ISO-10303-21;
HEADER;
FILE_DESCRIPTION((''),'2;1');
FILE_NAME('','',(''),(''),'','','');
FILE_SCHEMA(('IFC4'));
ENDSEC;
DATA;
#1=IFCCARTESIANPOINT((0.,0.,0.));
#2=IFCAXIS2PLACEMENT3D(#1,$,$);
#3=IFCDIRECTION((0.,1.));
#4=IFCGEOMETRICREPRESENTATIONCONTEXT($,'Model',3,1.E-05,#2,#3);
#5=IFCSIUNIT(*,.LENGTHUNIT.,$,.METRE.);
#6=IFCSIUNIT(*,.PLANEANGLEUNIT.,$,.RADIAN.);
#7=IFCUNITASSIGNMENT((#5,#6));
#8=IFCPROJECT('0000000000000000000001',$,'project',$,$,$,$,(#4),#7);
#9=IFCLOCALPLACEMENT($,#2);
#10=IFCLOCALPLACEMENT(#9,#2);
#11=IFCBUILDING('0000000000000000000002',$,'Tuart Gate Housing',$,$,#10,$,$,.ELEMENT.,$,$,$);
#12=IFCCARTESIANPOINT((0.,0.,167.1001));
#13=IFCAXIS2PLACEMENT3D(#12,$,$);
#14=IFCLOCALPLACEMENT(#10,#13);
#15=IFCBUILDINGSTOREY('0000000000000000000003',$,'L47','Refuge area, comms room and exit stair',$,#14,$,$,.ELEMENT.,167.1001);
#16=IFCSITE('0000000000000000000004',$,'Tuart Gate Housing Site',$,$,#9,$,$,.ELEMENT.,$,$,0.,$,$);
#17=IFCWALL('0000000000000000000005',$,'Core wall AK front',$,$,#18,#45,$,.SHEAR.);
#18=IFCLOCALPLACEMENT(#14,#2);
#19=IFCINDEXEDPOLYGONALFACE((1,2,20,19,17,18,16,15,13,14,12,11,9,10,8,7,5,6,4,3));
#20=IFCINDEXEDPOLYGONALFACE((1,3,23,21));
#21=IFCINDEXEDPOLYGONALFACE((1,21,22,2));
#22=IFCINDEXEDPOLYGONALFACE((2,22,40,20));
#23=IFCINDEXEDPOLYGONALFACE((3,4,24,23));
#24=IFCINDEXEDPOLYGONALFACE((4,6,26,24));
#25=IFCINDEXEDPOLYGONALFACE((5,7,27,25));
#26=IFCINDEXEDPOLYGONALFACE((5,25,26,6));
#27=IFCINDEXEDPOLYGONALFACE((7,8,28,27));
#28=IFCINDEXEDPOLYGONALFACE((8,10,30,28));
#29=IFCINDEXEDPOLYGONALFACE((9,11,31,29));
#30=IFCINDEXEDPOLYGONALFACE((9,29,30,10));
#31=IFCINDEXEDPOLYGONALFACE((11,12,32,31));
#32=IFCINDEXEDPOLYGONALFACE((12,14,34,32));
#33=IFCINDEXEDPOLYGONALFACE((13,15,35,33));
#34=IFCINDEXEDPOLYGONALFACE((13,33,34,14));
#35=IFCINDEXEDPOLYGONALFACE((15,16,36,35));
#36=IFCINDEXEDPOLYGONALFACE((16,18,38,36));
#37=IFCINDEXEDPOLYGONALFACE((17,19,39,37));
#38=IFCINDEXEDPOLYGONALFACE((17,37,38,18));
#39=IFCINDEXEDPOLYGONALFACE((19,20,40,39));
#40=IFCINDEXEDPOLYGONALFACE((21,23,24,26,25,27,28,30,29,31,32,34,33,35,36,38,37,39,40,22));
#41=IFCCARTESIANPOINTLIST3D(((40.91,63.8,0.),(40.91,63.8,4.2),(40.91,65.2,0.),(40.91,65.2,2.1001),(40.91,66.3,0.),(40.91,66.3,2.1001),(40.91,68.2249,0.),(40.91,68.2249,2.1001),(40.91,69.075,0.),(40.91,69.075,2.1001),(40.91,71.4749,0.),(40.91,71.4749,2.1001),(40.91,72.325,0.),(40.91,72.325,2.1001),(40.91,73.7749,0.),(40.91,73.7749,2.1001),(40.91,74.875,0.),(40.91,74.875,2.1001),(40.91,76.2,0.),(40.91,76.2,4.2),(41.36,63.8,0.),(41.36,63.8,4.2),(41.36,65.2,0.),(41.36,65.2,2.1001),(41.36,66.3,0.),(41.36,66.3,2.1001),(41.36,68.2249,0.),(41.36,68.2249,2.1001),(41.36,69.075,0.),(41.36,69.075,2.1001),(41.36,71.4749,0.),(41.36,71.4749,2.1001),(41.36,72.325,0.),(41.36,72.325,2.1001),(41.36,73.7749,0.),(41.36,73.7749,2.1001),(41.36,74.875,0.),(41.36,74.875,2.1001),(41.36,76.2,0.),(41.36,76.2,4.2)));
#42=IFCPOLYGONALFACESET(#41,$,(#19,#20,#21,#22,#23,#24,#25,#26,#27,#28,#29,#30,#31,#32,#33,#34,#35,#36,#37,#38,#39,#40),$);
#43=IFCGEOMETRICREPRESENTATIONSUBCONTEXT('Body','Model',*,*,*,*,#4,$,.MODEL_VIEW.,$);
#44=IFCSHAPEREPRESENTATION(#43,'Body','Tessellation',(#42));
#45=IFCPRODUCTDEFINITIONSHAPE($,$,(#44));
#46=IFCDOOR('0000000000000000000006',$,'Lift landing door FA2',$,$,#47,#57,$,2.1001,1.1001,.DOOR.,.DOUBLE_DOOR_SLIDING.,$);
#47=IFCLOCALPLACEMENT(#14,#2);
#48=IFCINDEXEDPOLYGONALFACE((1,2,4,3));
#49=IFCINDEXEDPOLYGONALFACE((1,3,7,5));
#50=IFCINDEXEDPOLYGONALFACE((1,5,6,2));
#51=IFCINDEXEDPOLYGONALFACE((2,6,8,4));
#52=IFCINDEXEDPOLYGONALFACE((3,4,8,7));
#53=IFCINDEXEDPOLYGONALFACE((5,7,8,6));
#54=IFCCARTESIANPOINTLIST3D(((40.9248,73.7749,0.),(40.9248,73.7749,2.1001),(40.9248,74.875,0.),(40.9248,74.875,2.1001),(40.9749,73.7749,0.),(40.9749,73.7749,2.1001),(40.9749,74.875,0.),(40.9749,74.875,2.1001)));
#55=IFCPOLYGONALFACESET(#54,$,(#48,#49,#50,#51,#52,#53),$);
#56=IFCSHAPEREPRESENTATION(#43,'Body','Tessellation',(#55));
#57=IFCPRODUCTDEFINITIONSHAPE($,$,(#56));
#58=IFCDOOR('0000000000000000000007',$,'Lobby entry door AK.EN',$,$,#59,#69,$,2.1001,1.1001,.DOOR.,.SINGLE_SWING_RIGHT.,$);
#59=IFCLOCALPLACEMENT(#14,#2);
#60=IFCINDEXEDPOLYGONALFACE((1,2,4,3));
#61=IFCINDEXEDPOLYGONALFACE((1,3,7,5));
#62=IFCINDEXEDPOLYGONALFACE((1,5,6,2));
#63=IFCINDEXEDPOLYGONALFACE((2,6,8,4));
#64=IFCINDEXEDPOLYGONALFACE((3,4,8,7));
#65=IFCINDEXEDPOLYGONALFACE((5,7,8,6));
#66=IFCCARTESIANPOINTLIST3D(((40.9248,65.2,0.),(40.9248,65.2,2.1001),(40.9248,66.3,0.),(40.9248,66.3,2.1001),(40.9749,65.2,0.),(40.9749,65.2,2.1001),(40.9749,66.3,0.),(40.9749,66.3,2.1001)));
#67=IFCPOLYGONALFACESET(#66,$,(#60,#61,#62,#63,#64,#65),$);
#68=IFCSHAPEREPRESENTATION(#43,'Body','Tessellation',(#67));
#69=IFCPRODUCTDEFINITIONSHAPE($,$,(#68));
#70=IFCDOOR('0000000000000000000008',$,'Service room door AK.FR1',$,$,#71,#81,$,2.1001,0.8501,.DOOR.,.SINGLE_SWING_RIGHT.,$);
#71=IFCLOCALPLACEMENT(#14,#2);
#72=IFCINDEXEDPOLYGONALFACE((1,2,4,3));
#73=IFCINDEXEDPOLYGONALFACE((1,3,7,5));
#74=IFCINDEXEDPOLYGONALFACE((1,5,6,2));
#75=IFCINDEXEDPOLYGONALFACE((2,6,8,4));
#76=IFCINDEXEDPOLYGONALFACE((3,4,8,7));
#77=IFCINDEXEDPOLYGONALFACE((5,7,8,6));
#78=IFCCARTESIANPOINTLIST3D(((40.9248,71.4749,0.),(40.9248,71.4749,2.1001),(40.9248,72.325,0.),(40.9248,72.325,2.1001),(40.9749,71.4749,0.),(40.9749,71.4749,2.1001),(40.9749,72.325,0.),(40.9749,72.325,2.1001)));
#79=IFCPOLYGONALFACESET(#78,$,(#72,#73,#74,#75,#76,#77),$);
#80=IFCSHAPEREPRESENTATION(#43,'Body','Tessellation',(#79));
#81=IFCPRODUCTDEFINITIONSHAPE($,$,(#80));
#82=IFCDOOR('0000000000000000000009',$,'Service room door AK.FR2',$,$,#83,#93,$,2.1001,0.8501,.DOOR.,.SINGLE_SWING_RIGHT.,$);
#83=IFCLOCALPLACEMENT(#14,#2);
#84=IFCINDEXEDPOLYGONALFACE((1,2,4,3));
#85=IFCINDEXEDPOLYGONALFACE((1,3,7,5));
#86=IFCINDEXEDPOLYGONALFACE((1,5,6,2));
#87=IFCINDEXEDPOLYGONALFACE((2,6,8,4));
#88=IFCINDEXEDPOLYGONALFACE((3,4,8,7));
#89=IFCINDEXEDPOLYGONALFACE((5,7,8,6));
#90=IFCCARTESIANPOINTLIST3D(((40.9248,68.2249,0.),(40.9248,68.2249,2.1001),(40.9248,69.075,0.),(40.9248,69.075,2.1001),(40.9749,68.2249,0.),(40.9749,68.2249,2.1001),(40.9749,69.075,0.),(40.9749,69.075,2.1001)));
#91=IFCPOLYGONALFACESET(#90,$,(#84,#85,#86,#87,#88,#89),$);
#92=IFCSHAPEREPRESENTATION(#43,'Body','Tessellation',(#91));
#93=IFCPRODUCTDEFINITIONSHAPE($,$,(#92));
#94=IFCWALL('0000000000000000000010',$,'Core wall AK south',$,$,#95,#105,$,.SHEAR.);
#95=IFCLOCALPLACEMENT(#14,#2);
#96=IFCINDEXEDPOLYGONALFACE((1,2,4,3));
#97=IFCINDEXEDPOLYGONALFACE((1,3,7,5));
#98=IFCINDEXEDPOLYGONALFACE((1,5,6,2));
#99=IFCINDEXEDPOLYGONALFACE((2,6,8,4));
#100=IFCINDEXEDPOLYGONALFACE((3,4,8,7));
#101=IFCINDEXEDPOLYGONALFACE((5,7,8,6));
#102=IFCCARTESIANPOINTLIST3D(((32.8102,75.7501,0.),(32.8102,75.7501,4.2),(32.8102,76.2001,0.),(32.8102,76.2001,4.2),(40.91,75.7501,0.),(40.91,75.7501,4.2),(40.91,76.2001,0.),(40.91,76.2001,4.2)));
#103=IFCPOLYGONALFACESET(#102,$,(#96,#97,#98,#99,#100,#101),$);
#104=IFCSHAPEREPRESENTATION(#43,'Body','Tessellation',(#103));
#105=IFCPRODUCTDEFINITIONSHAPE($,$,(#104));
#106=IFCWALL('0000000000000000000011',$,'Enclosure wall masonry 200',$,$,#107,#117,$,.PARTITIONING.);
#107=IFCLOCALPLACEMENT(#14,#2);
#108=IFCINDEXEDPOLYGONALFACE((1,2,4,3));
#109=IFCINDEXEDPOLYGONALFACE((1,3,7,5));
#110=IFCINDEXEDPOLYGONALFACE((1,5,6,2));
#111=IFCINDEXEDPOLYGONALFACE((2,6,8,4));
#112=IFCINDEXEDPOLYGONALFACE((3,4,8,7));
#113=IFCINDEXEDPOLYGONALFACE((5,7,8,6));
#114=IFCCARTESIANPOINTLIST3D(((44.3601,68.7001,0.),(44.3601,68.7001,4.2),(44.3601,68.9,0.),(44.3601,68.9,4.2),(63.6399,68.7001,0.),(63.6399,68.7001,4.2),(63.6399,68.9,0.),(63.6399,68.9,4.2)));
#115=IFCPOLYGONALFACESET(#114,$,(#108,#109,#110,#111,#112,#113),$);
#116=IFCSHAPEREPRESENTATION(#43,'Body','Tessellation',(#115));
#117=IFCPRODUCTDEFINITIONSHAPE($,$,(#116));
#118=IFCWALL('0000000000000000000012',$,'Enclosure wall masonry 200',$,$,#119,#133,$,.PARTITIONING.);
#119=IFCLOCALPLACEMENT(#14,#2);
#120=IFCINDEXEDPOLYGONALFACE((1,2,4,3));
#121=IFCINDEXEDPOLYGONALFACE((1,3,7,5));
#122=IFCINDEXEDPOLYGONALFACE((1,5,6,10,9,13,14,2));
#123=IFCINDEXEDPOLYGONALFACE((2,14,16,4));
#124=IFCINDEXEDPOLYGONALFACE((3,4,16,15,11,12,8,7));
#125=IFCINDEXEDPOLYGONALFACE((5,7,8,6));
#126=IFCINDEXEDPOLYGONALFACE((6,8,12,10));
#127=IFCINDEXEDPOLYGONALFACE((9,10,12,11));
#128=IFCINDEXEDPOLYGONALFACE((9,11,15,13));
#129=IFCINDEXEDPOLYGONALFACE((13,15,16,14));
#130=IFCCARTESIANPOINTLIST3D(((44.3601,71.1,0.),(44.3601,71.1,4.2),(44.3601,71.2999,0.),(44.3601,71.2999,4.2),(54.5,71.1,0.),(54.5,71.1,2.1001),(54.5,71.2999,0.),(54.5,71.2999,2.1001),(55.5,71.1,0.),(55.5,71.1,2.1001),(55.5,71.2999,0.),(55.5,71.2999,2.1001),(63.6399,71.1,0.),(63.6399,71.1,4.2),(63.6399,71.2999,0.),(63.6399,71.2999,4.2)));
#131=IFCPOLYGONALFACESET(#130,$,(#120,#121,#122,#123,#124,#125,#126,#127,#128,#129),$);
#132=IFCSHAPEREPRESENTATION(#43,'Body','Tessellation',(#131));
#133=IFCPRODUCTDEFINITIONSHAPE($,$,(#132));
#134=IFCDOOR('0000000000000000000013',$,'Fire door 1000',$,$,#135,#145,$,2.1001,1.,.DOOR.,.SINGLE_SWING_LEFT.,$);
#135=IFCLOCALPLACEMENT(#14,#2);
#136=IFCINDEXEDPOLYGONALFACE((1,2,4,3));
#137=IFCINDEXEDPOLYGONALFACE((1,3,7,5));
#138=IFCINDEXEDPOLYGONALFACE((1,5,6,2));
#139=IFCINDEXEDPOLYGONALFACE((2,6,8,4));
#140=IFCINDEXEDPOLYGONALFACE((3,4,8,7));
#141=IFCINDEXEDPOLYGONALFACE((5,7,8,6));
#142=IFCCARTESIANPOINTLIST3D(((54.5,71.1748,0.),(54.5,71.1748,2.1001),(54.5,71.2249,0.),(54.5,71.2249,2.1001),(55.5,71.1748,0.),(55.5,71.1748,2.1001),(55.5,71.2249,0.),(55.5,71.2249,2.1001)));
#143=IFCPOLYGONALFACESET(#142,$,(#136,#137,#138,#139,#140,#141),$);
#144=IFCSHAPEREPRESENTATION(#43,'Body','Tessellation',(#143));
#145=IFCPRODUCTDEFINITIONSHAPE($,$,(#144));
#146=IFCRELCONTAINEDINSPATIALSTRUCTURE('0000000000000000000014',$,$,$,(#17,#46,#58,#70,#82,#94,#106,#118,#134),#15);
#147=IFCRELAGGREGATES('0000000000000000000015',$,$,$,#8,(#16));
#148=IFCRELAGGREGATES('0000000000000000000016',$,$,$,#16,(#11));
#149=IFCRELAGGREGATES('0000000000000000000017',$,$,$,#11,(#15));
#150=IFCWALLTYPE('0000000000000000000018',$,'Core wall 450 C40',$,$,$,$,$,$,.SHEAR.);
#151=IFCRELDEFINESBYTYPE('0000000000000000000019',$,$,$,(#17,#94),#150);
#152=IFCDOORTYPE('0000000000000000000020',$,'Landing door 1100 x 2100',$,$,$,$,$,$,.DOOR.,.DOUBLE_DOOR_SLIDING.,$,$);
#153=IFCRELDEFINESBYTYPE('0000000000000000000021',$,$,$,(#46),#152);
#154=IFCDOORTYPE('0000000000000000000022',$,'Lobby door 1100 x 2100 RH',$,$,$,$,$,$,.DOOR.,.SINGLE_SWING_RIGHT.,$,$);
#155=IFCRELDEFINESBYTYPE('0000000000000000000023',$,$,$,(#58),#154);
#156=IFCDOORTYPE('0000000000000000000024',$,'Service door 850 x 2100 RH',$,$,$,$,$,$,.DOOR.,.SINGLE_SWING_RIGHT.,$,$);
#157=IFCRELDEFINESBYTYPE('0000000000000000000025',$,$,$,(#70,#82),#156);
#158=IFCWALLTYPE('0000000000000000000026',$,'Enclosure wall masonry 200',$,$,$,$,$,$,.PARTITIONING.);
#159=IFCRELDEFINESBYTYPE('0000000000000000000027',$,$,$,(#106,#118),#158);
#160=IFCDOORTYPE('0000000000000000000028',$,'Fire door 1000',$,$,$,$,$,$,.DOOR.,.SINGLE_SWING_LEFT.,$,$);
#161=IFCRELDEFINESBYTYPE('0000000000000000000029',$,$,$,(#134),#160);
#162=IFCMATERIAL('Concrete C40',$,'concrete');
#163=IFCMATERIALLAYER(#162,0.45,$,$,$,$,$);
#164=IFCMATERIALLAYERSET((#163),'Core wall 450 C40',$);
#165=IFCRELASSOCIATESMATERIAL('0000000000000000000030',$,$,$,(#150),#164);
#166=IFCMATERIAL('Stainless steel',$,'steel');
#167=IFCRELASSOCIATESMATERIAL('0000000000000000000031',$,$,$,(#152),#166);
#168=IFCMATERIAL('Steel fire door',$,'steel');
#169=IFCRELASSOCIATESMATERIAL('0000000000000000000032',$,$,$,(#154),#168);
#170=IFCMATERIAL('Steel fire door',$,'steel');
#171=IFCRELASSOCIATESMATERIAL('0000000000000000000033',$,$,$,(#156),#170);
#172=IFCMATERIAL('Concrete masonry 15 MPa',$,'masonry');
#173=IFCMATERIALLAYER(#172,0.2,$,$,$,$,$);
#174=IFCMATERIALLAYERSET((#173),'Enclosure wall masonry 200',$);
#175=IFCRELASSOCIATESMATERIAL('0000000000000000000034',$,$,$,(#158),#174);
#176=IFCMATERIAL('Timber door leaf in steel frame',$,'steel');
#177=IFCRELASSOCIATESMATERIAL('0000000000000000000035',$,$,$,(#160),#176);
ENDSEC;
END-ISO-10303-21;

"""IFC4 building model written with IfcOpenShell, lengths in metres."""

from ifc_helpers import new_model, si_unit, direction, frame, frame_2d, origin, place, context, subcontext, project, spatial, rectangle, extrude, material, layer, layer_set, type_object, element, fill, save


model = new_model("IFC4")

# Units and contexts
model_context = context("Model", 3, precision=1e-05, world=origin(), true_north=direction((0.0, 1.0)))
body_context = subcontext(model_context, "Body", "Model", "MODEL_VIEW")
ifc_project = project(units=[si_unit("LENGTHUNIT", "METRE"), si_unit("PLANEANGLEUNIT", "RADIAN")], contexts=[model_context])

# Site, building, storey
site_placement = place(None, origin())
site = spatial("IfcSite", under=ifc_project, at=site_placement, Name="Tuart Gate Housing Site", CompositionType="ELEMENT", RefElevation=0.0)
building_placement = place(site_placement, origin())
building = spatial("IfcBuilding", under=site, at=building_placement, Name="Tuart Gate Housing", CompositionType="ELEMENT")
storey_placement = place(building_placement, frame((0.0, 0.0, 167.1001)))
storey = spatial("IfcBuildingStorey", under=building, at=storey_placement, Name="L47", Description="Refuge area, comms room and exit stair", CompositionType="ELEMENT", Elevation=167.1001)

# Wall, openings, doors
ifc_material_1 = material(Name="Concrete C40", Category="concrete")
ifc_layer_1 = layer(ifc_material_1, 0.45)
ifc_layer_set_1 = layer_set([ifc_layer_1], Name="Core wall 450 C40")
wall_type_1 = type_object("IfcWallType", Name="Core wall 450 C40", PredefinedType="SHEAR", material=ifc_layer_set_1)
wall_1_placement = place(storey_placement, frame((41.135, 76.2, 0.0), z_axis=(0.0, 0.0, 1.0), x_axis=(0.0, -1.0, 0.0)))
wall_1 = element("IfcWall", 1, at=wall_1_placement, inside=storey, type_object=wall_type_1, Name="Core wall AK front", PredefinedType="SHEAR", context=body_context, shape_type="SweptSolid", body=[
    extrude(rectangle(XDim=12.3999, YDim=0.45, at=frame_2d((6.2, 0.0))), origin(), (0.0, 0.0, 1.0), 4.2),
])
opening_1_placement = place(wall_1_placement, frame((1.325, 0.0, 0.0)))
opening_1 = element("IfcOpeningElement", 2, at=opening_1_placement, cuts=wall_1, PredefinedType="OPENING", context=body_context, shape_type="SweptSolid", body=[
    extrude(rectangle(XDim=1.1001, YDim=2.1001, at=frame_2d((0.55, 1.05))), frame((0.0, 0.2349, 0.0), z_axis=(0.0, -1.0, 0.0), x_axis=(1.0, 0.0, 0.0)), (0.0, 0.0, 1.0), 0.47),
])
opening_2_placement = place(wall_1_placement, frame((3.875, 0.0, 0.0)))
opening_2 = element("IfcOpeningElement", 3, at=opening_2_placement, cuts=wall_1, PredefinedType="OPENING", context=body_context, shape_type="SweptSolid", body=[
    extrude(rectangle(XDim=0.8501, YDim=2.1001, at=frame_2d((0.425, 1.05))), frame((0.0, 0.2349, 0.0), z_axis=(0.0, -1.0, 0.0), x_axis=(1.0, 0.0, 0.0)), (0.0, 0.0, 1.0), 0.47),
])
opening_3_placement = place(wall_1_placement, frame((7.125, 0.0, 0.0)))
opening_3 = element("IfcOpeningElement", 4, at=opening_3_placement, cuts=wall_1, PredefinedType="OPENING", context=body_context, shape_type="SweptSolid", body=[
    extrude(rectangle(XDim=0.8501, YDim=2.1001, at=frame_2d((0.425, 1.05))), frame((0.0, 0.2349, 0.0), z_axis=(0.0, -1.0, 0.0), x_axis=(1.0, 0.0, 0.0)), (0.0, 0.0, 1.0), 0.47),
])
opening_4_placement = place(wall_1_placement, frame((9.8999, 0.0, 0.0)))
opening_4 = element("IfcOpeningElement", 5, at=opening_4_placement, cuts=wall_1, PredefinedType="OPENING", context=body_context, shape_type="SweptSolid", body=[
    extrude(rectangle(XDim=1.1001, YDim=2.1001, at=frame_2d((0.55, 1.05))), frame((0.0, 0.2349, 0.0), z_axis=(0.0, -1.0, 0.0), x_axis=(1.0, 0.0, 0.0)), (0.0, 0.0, 1.0), 0.47),
])
ifc_material_2 = material(Name="Stainless steel", Category="steel")
door_type_1 = type_object("IfcDoorType", Name="Landing door 1100 x 2100", OperationType="DOUBLE_DOOR_SLIDING", PredefinedType="DOOR", material=ifc_material_2)
door_1_placement = place(opening_1_placement, origin())
door_1 = element("IfcDoor", 6, at=door_1_placement, inside=storey, type_object=door_type_1, Name="Lift landing door FA2", OperationType="DOUBLE_DOOR_SLIDING", OverallHeight=2.1001, OverallWidth=1.1001, PredefinedType="DOOR", context=body_context, shape_type="SweptSolid", body=[
    extrude(rectangle(XDim=1.1001, YDim=2.1001, at=frame_2d((0.55, 1.05))), frame((0.0, -0.1602, 0.0), z_axis=(0.0, -1.0, 0.0), x_axis=(1.0, 0.0, 0.0)), (0.0, 0.0, 1.0), 0.05),
])
fill(opening_1, door_1)
ifc_material_3 = material(Name="Steel fire door", Category="steel")
door_type_2 = type_object("IfcDoorType", Name="Lobby door 1100 x 2100 RH", OperationType="SINGLE_SWING_RIGHT", PredefinedType="DOOR", material=ifc_material_3)
door_2_placement = place(opening_4_placement, frame((1.1001, 0.0, 0.0), z_axis=(0.0, 0.0, 1.0), x_axis=(-1.0, 0.0, 0.0)))
door_2 = element("IfcDoor", 7, at=door_2_placement, inside=storey, type_object=door_type_2, Name="Lobby entry door AK.EN", OperationType="SINGLE_SWING_RIGHT", OverallHeight=2.1001, OverallWidth=1.1001, PredefinedType="DOOR", context=body_context, shape_type="SweptSolid", body=[
    extrude(rectangle(XDim=1.1001, YDim=2.1001, at=frame_2d((0.55, 1.05))), frame((0.0, 0.2102, 0.0), z_axis=(0.0, -1.0, 0.0), x_axis=(1.0, 0.0, 0.0)), (0.0, 0.0, 1.0), 0.05),
])
fill(opening_4, door_2)
ifc_material_4 = material(Name="Steel fire door", Category="steel")
door_type_3 = type_object("IfcDoorType", Name="Service door 850 x 2100 RH", OperationType="SINGLE_SWING_RIGHT", PredefinedType="DOOR", material=ifc_material_4)
door_3_placement = place(opening_2_placement, frame((0.8501, 0.0, 0.0), z_axis=(0.0, 0.0, 1.0), x_axis=(-1.0, 0.0, 0.0)))
door_3 = element("IfcDoor", 8, at=door_3_placement, inside=storey, type_object=door_type_3, Name="Service room door AK.FR1", OperationType="SINGLE_SWING_RIGHT", OverallHeight=2.1001, OverallWidth=0.8501, PredefinedType="DOOR", context=body_context, shape_type="SweptSolid", body=[
    extrude(rectangle(XDim=0.8501, YDim=2.1001, at=frame_2d((0.425, 1.05))), frame((0.0, 0.2102, 0.0), z_axis=(0.0, -1.0, 0.0), x_axis=(1.0, 0.0, 0.0)), (0.0, 0.0, 1.0), 0.05),
])
fill(opening_2, door_3)
door_4_placement = place(opening_3_placement, frame((0.8501, 0.0, 0.0), z_axis=(0.0, 0.0, 1.0), x_axis=(-1.0, 0.0, 0.0)))
door_4 = element("IfcDoor", 9, at=door_4_placement, inside=storey, type_object=door_type_3, Name="Service room door AK.FR2", OperationType="SINGLE_SWING_RIGHT", OverallHeight=2.1001, OverallWidth=0.8501, PredefinedType="DOOR", context=body_context, shape_type="SweptSolid", body=[
    extrude(rectangle(XDim=0.8501, YDim=2.1001, at=frame_2d((0.425, 1.05))), frame((0.0, 0.2102, 0.0), z_axis=(0.0, -1.0, 0.0), x_axis=(1.0, 0.0, 0.0)), (0.0, 0.0, 1.0), 0.05),
])
fill(opening_3, door_4)

# Walls
wall_2_placement = place(storey_placement, frame((40.9099, 75.9751, 0.0), z_axis=(0.0, 0.0, 1.0), x_axis=(-1.0, 0.0, 0.0)))
element("IfcWall", 10, at=wall_2_placement, inside=storey, type_object=wall_type_1, Name="Core wall AK south", PredefinedType="SHEAR", context=body_context, shape_type="SweptSolid", body=[
    extrude(rectangle(XDim=8.0999, YDim=0.45, at=frame_2d((4.0498, 0.0))), origin(), (0.0, 0.0, 1.0), 4.2),
])
ifc_material_5 = material(Name="Concrete masonry 15 MPa", Category="masonry")
ifc_layer_2 = layer(ifc_material_5, 0.2)
ifc_layer_set_2 = layer_set([ifc_layer_2], Name="Enclosure wall masonry 200")
wall_type_2 = type_object("IfcWallType", Name="Enclosure wall masonry 200", PredefinedType="PARTITIONING", material=ifc_layer_set_2)
wall_3_placement = place(storey_placement, frame((44.3601, 68.8, 0.0), z_axis=(0.0, 0.0, 1.0), x_axis=(1.0, 0.0, 0.0)))
element("IfcWall", 11, at=wall_3_placement, inside=storey, type_object=wall_type_2, Name="Enclosure wall masonry 200", PredefinedType="PARTITIONING", context=body_context, shape_type="SweptSolid", body=[
    extrude(rectangle(XDim=19.2798, YDim=0.2, at=frame_2d((9.6399, 0.0))), origin(), (0.0, 0.0, 1.0), 4.2),
])

# Wall, opening, door
wall_4_placement = place(storey_placement, frame((44.3601, 71.2, 0.0), z_axis=(0.0, 0.0, 1.0), x_axis=(1.0, 0.0, 0.0)))
wall_4 = element("IfcWall", 12, at=wall_4_placement, inside=storey, type_object=wall_type_2, Name="Enclosure wall masonry 200", PredefinedType="PARTITIONING", context=body_context, shape_type="SweptSolid", body=[
    extrude(rectangle(XDim=19.2798, YDim=0.2, at=frame_2d((9.6399, 0.0))), origin(), (0.0, 0.0, 1.0), 4.2),
])
opening_5_placement = place(wall_4_placement, frame((10.1399, 0.0, 0.0)))
opening_5 = element("IfcOpeningElement", 13, at=opening_5_placement, cuts=wall_4, PredefinedType="OPENING", context=body_context, shape_type="SweptSolid", body=[
    extrude(rectangle(XDim=1.0, YDim=2.1001, at=frame_2d((0.5, 1.05))), frame((0.0, 0.1099, 0.0), z_axis=(0.0, -1.0, 0.0), x_axis=(1.0, 0.0, 0.0)), (0.0, 0.0, 1.0), 0.22),
])
ifc_material_6 = material(Name="Timber door leaf in steel frame", Category="steel")
door_type_4 = type_object("IfcDoorType", Name="Fire door 1000", OperationType="SINGLE_SWING_LEFT", PredefinedType="DOOR", material=ifc_material_6)
door_5_placement = place(opening_5_placement, origin())
door_5 = element("IfcDoor", 14, at=door_5_placement, inside=storey, type_object=door_type_4, Name="Fire door 1000", OperationType="SINGLE_SWING_LEFT", OverallHeight=2.1001, OverallWidth=1.0, PredefinedType="DOOR", context=body_context, shape_type="SweptSolid", body=[
    extrude(rectangle(XDim=1.0, YDim=2.1001, at=frame_2d((0.5, 1.05))), frame((0.0, 0.0249, 0.0), z_axis=(0.0, -1.0, 0.0), x_axis=(1.0, 0.0, 0.0)), (0.0, 0.0, 1.0), 0.05),
])
fill(opening_5, door_5)

save(model, "model.ifc")
